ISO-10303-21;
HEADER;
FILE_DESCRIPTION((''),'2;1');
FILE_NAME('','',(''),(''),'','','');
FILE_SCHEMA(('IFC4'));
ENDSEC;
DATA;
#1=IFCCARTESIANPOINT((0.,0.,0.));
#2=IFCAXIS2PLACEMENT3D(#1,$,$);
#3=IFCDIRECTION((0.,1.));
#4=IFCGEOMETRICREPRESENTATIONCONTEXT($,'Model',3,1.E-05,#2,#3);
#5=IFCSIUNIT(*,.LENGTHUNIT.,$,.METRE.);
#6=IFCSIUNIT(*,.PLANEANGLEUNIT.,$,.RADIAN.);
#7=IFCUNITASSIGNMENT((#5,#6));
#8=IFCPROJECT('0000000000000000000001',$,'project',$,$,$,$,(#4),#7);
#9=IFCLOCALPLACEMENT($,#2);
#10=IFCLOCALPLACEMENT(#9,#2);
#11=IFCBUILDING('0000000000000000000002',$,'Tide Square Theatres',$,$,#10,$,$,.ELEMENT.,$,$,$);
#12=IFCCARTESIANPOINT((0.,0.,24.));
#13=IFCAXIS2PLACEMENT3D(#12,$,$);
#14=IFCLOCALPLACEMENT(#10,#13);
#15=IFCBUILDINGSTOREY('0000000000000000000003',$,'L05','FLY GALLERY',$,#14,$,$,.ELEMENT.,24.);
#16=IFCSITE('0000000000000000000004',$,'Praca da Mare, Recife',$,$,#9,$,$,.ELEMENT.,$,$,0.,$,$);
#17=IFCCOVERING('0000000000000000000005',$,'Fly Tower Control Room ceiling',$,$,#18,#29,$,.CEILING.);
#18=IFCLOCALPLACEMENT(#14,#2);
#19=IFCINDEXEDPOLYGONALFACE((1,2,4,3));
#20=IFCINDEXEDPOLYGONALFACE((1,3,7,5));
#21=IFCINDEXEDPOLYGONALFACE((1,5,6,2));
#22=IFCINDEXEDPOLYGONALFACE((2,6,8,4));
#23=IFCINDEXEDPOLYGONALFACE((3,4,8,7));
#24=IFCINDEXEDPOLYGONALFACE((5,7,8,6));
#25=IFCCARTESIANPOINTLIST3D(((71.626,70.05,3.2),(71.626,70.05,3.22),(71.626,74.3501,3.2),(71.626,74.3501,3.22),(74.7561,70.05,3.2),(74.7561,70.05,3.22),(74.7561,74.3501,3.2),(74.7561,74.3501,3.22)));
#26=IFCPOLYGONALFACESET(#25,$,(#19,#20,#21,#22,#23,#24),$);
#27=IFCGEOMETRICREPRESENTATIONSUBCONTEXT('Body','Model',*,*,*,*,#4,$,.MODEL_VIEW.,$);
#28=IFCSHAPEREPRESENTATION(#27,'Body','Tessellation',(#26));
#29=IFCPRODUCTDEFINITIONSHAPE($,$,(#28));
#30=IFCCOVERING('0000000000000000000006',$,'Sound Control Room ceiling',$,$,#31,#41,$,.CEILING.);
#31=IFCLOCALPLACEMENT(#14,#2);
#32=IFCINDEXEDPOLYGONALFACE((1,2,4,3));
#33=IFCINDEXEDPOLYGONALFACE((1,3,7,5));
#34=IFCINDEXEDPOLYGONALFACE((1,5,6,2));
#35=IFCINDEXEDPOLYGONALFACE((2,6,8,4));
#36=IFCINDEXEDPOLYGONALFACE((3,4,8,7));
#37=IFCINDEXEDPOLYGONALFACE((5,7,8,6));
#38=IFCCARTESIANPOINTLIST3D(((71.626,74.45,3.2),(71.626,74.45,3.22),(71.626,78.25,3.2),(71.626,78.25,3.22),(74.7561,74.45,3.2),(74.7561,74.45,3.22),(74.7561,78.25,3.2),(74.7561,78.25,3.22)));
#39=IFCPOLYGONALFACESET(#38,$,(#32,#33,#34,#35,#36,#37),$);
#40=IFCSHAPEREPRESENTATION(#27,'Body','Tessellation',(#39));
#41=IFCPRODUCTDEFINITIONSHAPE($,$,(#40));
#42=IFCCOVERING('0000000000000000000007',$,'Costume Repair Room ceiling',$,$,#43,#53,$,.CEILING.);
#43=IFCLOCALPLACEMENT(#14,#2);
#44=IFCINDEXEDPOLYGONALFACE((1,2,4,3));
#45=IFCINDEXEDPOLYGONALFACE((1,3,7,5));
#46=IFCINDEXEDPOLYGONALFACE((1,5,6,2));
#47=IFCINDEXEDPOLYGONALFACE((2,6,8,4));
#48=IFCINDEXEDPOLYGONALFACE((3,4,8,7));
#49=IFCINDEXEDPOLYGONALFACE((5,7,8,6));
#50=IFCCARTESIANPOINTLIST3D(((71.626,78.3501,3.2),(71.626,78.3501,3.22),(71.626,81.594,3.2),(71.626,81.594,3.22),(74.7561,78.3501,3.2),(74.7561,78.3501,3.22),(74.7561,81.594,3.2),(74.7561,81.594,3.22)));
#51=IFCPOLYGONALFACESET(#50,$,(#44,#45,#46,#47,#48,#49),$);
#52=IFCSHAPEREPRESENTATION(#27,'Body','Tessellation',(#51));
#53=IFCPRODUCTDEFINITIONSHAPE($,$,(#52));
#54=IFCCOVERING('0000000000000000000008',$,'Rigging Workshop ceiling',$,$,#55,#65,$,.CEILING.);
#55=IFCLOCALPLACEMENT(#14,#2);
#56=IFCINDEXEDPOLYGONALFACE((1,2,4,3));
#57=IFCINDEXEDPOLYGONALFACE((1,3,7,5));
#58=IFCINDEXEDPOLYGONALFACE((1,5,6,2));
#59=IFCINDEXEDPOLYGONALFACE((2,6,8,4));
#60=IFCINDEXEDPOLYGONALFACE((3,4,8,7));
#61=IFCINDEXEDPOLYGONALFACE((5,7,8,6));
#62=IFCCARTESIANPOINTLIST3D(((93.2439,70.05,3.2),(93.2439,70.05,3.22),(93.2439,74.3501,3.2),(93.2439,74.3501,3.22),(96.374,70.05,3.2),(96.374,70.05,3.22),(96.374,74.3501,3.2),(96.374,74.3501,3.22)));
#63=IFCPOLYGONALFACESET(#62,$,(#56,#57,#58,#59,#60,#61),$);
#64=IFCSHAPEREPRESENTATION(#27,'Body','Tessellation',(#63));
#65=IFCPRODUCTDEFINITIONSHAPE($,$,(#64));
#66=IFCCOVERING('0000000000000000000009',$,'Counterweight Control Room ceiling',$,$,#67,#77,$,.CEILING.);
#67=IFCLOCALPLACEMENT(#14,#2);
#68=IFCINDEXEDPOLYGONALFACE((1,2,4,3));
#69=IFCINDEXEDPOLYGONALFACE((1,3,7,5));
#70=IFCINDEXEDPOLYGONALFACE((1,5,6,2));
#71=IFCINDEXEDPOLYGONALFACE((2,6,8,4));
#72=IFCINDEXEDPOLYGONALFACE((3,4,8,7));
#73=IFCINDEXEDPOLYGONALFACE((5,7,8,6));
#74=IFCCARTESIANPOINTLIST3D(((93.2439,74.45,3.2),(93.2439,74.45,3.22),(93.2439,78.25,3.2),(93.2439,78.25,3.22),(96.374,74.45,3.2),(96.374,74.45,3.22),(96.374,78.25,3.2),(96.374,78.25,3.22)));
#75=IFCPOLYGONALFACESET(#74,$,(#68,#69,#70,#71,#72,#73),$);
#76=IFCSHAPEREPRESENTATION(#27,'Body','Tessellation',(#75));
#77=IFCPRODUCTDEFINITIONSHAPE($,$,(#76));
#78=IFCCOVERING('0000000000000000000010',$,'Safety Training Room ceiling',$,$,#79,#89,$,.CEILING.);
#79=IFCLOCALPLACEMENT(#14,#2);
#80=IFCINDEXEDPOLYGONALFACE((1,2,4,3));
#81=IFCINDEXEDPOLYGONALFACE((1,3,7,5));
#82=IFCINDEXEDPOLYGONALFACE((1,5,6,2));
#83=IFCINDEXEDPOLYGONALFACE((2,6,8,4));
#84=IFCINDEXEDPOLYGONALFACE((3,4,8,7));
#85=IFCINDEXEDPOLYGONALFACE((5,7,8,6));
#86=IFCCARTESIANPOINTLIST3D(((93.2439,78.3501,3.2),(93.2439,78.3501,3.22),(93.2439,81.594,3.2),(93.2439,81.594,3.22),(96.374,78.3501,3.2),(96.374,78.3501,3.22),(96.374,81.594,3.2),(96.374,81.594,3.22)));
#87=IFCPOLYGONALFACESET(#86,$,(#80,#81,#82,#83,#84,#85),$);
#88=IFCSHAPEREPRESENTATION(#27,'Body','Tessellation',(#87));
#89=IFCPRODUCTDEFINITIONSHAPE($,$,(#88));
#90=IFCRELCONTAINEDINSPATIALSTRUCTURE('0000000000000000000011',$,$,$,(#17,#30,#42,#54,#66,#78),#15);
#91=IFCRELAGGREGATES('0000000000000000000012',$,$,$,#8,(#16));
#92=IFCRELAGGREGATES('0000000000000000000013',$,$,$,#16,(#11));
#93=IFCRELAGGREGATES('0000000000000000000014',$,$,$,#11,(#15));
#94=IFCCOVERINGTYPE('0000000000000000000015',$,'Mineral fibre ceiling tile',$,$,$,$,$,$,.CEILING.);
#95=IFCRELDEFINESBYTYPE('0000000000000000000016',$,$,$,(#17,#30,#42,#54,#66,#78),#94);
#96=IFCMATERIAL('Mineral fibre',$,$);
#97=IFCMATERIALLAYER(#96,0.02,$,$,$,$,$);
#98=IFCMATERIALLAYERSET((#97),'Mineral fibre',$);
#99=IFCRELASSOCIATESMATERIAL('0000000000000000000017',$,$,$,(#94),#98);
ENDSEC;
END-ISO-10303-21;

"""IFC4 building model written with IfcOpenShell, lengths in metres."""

from ifc_helpers import new_model, si_unit, direction, frame, origin, place, context, subcontext, project, spatial, polyline, outline, extrude, material, layer, layer_set, type_object, element, save


model = new_model("IFC4")

# Units and contexts
model_context = context("Model", 3, precision=1e-05, world=origin(), true_north=direction((0.0, 1.0)))
body_context = subcontext(model_context, "Body", "Model", "MODEL_VIEW")
ifc_project = project(units=[si_unit("LENGTHUNIT", "METRE"), si_unit("PLANEANGLEUNIT", "RADIAN")], contexts=[model_context])

# Site, building, storey
site_placement = place(None, origin())
site = spatial("IfcSite", under=ifc_project, at=site_placement, Name="Praca da Mare, Recife", CompositionType="ELEMENT", RefElevation=0.0)
building_placement = place(site_placement, origin())
building = spatial("IfcBuilding", under=site, at=building_placement, Name="Tide Square Theatres", CompositionType="ELEMENT")
storey_placement = place(building_placement, frame((0.0, 0.0, 24.0)))
storey = spatial("IfcBuildingStorey", under=building, at=storey_placement, Name="L05", Description="FLY GALLERY", CompositionType="ELEMENT", Elevation=24.0)

# Coverings
ifc_material_1 = material(Name="Mineral fibre")
ifc_layer_1 = layer(ifc_material_1, 0.02)
ifc_layer_set_1 = layer_set([ifc_layer_1], Name="Mineral fibre")
covering_type = type_object("IfcCoveringType", Name="Mineral fibre ceiling tile", PredefinedType="CEILING", material=ifc_layer_set_1)
covering_1_placement = place(storey_placement, frame((0.0, 0.0, 3.2)))
element("IfcCovering", 1, at=covering_1_placement, inside=storey, type_object=covering_type, Name="Fly Tower Control Room ceiling", PredefinedType="CEILING", context=body_context, shape_type="SweptSolid", body=[
    extrude(outline(polyline([(74.7561, 70.05), (74.7561, 74.3501), (71.626, 74.3501), (71.626, 70.05), (74.7561, 70.05)])), origin(), (0.0, 0.0, 1.0), 0.02),
])
covering_2_placement = place(storey_placement, frame((0.0, 0.0, 3.2)))
element("IfcCovering", 2, at=covering_2_placement, inside=storey, type_object=covering_type, Name="Sound Control Room ceiling", PredefinedType="CEILING", context=body_context, shape_type="SweptSolid", body=[
    extrude(outline(polyline([(74.7561, 74.45), (74.7561, 78.25), (71.626, 78.25), (71.626, 74.45), (74.7561, 74.45)])), origin(), (0.0, 0.0, 1.0), 0.02),
])
covering_3_placement = place(storey_placement, frame((0.0, 0.0, 3.2)))
element("IfcCovering", 3, at=covering_3_placement, inside=storey, type_object=covering_type, Name="Costume Repair Room ceiling", PredefinedType="CEILING", context=body_context, shape_type="SweptSolid", body=[
    extrude(outline(polyline([(74.7561, 78.3501), (74.7561, 81.594), (71.626, 81.594), (71.626, 78.3501), (74.7561, 78.3501)])), origin(), (0.0, 0.0, 1.0), 0.02),
])
covering_4_placement = place(storey_placement, frame((0.0, 0.0, 3.2)))
element("IfcCovering", 4, at=covering_4_placement, inside=storey, type_object=covering_type, Name="Rigging Workshop ceiling", PredefinedType="CEILING", context=body_context, shape_type="SweptSolid", body=[
    extrude(outline(polyline([(96.374, 70.05), (96.374, 74.3501), (93.2439, 74.3501), (93.2439, 70.05), (96.374, 70.05)])), origin(), (0.0, 0.0, 1.0), 0.02),
])
covering_5_placement = place(storey_placement, frame((0.0, 0.0, 3.2)))
element("IfcCovering", 5, at=covering_5_placement, inside=storey, type_object=covering_type, Name="Counterweight Control Room ceiling", PredefinedType="CEILING", context=body_context, shape_type="SweptSolid", body=[
    extrude(outline(polyline([(96.374, 74.45), (96.374, 78.25), (93.2439, 78.25), (93.2439, 74.45), (96.374, 74.45)])), origin(), (0.0, 0.0, 1.0), 0.02),
])
covering_6_placement = place(storey_placement, frame((0.0, 0.0, 3.2)))
element("IfcCovering", 6, at=covering_6_placement, inside=storey, type_object=covering_type, Name="Safety Training Room ceiling", PredefinedType="CEILING", context=body_context, shape_type="SweptSolid", body=[
    extrude(outline(polyline([(96.374, 78.3501), (96.374, 81.594), (93.2439, 81.594), (93.2439, 78.3501), (96.374, 78.3501)])), origin(), (0.0, 0.0, 1.0), 0.02),
])

save(model, "model.ifc")
